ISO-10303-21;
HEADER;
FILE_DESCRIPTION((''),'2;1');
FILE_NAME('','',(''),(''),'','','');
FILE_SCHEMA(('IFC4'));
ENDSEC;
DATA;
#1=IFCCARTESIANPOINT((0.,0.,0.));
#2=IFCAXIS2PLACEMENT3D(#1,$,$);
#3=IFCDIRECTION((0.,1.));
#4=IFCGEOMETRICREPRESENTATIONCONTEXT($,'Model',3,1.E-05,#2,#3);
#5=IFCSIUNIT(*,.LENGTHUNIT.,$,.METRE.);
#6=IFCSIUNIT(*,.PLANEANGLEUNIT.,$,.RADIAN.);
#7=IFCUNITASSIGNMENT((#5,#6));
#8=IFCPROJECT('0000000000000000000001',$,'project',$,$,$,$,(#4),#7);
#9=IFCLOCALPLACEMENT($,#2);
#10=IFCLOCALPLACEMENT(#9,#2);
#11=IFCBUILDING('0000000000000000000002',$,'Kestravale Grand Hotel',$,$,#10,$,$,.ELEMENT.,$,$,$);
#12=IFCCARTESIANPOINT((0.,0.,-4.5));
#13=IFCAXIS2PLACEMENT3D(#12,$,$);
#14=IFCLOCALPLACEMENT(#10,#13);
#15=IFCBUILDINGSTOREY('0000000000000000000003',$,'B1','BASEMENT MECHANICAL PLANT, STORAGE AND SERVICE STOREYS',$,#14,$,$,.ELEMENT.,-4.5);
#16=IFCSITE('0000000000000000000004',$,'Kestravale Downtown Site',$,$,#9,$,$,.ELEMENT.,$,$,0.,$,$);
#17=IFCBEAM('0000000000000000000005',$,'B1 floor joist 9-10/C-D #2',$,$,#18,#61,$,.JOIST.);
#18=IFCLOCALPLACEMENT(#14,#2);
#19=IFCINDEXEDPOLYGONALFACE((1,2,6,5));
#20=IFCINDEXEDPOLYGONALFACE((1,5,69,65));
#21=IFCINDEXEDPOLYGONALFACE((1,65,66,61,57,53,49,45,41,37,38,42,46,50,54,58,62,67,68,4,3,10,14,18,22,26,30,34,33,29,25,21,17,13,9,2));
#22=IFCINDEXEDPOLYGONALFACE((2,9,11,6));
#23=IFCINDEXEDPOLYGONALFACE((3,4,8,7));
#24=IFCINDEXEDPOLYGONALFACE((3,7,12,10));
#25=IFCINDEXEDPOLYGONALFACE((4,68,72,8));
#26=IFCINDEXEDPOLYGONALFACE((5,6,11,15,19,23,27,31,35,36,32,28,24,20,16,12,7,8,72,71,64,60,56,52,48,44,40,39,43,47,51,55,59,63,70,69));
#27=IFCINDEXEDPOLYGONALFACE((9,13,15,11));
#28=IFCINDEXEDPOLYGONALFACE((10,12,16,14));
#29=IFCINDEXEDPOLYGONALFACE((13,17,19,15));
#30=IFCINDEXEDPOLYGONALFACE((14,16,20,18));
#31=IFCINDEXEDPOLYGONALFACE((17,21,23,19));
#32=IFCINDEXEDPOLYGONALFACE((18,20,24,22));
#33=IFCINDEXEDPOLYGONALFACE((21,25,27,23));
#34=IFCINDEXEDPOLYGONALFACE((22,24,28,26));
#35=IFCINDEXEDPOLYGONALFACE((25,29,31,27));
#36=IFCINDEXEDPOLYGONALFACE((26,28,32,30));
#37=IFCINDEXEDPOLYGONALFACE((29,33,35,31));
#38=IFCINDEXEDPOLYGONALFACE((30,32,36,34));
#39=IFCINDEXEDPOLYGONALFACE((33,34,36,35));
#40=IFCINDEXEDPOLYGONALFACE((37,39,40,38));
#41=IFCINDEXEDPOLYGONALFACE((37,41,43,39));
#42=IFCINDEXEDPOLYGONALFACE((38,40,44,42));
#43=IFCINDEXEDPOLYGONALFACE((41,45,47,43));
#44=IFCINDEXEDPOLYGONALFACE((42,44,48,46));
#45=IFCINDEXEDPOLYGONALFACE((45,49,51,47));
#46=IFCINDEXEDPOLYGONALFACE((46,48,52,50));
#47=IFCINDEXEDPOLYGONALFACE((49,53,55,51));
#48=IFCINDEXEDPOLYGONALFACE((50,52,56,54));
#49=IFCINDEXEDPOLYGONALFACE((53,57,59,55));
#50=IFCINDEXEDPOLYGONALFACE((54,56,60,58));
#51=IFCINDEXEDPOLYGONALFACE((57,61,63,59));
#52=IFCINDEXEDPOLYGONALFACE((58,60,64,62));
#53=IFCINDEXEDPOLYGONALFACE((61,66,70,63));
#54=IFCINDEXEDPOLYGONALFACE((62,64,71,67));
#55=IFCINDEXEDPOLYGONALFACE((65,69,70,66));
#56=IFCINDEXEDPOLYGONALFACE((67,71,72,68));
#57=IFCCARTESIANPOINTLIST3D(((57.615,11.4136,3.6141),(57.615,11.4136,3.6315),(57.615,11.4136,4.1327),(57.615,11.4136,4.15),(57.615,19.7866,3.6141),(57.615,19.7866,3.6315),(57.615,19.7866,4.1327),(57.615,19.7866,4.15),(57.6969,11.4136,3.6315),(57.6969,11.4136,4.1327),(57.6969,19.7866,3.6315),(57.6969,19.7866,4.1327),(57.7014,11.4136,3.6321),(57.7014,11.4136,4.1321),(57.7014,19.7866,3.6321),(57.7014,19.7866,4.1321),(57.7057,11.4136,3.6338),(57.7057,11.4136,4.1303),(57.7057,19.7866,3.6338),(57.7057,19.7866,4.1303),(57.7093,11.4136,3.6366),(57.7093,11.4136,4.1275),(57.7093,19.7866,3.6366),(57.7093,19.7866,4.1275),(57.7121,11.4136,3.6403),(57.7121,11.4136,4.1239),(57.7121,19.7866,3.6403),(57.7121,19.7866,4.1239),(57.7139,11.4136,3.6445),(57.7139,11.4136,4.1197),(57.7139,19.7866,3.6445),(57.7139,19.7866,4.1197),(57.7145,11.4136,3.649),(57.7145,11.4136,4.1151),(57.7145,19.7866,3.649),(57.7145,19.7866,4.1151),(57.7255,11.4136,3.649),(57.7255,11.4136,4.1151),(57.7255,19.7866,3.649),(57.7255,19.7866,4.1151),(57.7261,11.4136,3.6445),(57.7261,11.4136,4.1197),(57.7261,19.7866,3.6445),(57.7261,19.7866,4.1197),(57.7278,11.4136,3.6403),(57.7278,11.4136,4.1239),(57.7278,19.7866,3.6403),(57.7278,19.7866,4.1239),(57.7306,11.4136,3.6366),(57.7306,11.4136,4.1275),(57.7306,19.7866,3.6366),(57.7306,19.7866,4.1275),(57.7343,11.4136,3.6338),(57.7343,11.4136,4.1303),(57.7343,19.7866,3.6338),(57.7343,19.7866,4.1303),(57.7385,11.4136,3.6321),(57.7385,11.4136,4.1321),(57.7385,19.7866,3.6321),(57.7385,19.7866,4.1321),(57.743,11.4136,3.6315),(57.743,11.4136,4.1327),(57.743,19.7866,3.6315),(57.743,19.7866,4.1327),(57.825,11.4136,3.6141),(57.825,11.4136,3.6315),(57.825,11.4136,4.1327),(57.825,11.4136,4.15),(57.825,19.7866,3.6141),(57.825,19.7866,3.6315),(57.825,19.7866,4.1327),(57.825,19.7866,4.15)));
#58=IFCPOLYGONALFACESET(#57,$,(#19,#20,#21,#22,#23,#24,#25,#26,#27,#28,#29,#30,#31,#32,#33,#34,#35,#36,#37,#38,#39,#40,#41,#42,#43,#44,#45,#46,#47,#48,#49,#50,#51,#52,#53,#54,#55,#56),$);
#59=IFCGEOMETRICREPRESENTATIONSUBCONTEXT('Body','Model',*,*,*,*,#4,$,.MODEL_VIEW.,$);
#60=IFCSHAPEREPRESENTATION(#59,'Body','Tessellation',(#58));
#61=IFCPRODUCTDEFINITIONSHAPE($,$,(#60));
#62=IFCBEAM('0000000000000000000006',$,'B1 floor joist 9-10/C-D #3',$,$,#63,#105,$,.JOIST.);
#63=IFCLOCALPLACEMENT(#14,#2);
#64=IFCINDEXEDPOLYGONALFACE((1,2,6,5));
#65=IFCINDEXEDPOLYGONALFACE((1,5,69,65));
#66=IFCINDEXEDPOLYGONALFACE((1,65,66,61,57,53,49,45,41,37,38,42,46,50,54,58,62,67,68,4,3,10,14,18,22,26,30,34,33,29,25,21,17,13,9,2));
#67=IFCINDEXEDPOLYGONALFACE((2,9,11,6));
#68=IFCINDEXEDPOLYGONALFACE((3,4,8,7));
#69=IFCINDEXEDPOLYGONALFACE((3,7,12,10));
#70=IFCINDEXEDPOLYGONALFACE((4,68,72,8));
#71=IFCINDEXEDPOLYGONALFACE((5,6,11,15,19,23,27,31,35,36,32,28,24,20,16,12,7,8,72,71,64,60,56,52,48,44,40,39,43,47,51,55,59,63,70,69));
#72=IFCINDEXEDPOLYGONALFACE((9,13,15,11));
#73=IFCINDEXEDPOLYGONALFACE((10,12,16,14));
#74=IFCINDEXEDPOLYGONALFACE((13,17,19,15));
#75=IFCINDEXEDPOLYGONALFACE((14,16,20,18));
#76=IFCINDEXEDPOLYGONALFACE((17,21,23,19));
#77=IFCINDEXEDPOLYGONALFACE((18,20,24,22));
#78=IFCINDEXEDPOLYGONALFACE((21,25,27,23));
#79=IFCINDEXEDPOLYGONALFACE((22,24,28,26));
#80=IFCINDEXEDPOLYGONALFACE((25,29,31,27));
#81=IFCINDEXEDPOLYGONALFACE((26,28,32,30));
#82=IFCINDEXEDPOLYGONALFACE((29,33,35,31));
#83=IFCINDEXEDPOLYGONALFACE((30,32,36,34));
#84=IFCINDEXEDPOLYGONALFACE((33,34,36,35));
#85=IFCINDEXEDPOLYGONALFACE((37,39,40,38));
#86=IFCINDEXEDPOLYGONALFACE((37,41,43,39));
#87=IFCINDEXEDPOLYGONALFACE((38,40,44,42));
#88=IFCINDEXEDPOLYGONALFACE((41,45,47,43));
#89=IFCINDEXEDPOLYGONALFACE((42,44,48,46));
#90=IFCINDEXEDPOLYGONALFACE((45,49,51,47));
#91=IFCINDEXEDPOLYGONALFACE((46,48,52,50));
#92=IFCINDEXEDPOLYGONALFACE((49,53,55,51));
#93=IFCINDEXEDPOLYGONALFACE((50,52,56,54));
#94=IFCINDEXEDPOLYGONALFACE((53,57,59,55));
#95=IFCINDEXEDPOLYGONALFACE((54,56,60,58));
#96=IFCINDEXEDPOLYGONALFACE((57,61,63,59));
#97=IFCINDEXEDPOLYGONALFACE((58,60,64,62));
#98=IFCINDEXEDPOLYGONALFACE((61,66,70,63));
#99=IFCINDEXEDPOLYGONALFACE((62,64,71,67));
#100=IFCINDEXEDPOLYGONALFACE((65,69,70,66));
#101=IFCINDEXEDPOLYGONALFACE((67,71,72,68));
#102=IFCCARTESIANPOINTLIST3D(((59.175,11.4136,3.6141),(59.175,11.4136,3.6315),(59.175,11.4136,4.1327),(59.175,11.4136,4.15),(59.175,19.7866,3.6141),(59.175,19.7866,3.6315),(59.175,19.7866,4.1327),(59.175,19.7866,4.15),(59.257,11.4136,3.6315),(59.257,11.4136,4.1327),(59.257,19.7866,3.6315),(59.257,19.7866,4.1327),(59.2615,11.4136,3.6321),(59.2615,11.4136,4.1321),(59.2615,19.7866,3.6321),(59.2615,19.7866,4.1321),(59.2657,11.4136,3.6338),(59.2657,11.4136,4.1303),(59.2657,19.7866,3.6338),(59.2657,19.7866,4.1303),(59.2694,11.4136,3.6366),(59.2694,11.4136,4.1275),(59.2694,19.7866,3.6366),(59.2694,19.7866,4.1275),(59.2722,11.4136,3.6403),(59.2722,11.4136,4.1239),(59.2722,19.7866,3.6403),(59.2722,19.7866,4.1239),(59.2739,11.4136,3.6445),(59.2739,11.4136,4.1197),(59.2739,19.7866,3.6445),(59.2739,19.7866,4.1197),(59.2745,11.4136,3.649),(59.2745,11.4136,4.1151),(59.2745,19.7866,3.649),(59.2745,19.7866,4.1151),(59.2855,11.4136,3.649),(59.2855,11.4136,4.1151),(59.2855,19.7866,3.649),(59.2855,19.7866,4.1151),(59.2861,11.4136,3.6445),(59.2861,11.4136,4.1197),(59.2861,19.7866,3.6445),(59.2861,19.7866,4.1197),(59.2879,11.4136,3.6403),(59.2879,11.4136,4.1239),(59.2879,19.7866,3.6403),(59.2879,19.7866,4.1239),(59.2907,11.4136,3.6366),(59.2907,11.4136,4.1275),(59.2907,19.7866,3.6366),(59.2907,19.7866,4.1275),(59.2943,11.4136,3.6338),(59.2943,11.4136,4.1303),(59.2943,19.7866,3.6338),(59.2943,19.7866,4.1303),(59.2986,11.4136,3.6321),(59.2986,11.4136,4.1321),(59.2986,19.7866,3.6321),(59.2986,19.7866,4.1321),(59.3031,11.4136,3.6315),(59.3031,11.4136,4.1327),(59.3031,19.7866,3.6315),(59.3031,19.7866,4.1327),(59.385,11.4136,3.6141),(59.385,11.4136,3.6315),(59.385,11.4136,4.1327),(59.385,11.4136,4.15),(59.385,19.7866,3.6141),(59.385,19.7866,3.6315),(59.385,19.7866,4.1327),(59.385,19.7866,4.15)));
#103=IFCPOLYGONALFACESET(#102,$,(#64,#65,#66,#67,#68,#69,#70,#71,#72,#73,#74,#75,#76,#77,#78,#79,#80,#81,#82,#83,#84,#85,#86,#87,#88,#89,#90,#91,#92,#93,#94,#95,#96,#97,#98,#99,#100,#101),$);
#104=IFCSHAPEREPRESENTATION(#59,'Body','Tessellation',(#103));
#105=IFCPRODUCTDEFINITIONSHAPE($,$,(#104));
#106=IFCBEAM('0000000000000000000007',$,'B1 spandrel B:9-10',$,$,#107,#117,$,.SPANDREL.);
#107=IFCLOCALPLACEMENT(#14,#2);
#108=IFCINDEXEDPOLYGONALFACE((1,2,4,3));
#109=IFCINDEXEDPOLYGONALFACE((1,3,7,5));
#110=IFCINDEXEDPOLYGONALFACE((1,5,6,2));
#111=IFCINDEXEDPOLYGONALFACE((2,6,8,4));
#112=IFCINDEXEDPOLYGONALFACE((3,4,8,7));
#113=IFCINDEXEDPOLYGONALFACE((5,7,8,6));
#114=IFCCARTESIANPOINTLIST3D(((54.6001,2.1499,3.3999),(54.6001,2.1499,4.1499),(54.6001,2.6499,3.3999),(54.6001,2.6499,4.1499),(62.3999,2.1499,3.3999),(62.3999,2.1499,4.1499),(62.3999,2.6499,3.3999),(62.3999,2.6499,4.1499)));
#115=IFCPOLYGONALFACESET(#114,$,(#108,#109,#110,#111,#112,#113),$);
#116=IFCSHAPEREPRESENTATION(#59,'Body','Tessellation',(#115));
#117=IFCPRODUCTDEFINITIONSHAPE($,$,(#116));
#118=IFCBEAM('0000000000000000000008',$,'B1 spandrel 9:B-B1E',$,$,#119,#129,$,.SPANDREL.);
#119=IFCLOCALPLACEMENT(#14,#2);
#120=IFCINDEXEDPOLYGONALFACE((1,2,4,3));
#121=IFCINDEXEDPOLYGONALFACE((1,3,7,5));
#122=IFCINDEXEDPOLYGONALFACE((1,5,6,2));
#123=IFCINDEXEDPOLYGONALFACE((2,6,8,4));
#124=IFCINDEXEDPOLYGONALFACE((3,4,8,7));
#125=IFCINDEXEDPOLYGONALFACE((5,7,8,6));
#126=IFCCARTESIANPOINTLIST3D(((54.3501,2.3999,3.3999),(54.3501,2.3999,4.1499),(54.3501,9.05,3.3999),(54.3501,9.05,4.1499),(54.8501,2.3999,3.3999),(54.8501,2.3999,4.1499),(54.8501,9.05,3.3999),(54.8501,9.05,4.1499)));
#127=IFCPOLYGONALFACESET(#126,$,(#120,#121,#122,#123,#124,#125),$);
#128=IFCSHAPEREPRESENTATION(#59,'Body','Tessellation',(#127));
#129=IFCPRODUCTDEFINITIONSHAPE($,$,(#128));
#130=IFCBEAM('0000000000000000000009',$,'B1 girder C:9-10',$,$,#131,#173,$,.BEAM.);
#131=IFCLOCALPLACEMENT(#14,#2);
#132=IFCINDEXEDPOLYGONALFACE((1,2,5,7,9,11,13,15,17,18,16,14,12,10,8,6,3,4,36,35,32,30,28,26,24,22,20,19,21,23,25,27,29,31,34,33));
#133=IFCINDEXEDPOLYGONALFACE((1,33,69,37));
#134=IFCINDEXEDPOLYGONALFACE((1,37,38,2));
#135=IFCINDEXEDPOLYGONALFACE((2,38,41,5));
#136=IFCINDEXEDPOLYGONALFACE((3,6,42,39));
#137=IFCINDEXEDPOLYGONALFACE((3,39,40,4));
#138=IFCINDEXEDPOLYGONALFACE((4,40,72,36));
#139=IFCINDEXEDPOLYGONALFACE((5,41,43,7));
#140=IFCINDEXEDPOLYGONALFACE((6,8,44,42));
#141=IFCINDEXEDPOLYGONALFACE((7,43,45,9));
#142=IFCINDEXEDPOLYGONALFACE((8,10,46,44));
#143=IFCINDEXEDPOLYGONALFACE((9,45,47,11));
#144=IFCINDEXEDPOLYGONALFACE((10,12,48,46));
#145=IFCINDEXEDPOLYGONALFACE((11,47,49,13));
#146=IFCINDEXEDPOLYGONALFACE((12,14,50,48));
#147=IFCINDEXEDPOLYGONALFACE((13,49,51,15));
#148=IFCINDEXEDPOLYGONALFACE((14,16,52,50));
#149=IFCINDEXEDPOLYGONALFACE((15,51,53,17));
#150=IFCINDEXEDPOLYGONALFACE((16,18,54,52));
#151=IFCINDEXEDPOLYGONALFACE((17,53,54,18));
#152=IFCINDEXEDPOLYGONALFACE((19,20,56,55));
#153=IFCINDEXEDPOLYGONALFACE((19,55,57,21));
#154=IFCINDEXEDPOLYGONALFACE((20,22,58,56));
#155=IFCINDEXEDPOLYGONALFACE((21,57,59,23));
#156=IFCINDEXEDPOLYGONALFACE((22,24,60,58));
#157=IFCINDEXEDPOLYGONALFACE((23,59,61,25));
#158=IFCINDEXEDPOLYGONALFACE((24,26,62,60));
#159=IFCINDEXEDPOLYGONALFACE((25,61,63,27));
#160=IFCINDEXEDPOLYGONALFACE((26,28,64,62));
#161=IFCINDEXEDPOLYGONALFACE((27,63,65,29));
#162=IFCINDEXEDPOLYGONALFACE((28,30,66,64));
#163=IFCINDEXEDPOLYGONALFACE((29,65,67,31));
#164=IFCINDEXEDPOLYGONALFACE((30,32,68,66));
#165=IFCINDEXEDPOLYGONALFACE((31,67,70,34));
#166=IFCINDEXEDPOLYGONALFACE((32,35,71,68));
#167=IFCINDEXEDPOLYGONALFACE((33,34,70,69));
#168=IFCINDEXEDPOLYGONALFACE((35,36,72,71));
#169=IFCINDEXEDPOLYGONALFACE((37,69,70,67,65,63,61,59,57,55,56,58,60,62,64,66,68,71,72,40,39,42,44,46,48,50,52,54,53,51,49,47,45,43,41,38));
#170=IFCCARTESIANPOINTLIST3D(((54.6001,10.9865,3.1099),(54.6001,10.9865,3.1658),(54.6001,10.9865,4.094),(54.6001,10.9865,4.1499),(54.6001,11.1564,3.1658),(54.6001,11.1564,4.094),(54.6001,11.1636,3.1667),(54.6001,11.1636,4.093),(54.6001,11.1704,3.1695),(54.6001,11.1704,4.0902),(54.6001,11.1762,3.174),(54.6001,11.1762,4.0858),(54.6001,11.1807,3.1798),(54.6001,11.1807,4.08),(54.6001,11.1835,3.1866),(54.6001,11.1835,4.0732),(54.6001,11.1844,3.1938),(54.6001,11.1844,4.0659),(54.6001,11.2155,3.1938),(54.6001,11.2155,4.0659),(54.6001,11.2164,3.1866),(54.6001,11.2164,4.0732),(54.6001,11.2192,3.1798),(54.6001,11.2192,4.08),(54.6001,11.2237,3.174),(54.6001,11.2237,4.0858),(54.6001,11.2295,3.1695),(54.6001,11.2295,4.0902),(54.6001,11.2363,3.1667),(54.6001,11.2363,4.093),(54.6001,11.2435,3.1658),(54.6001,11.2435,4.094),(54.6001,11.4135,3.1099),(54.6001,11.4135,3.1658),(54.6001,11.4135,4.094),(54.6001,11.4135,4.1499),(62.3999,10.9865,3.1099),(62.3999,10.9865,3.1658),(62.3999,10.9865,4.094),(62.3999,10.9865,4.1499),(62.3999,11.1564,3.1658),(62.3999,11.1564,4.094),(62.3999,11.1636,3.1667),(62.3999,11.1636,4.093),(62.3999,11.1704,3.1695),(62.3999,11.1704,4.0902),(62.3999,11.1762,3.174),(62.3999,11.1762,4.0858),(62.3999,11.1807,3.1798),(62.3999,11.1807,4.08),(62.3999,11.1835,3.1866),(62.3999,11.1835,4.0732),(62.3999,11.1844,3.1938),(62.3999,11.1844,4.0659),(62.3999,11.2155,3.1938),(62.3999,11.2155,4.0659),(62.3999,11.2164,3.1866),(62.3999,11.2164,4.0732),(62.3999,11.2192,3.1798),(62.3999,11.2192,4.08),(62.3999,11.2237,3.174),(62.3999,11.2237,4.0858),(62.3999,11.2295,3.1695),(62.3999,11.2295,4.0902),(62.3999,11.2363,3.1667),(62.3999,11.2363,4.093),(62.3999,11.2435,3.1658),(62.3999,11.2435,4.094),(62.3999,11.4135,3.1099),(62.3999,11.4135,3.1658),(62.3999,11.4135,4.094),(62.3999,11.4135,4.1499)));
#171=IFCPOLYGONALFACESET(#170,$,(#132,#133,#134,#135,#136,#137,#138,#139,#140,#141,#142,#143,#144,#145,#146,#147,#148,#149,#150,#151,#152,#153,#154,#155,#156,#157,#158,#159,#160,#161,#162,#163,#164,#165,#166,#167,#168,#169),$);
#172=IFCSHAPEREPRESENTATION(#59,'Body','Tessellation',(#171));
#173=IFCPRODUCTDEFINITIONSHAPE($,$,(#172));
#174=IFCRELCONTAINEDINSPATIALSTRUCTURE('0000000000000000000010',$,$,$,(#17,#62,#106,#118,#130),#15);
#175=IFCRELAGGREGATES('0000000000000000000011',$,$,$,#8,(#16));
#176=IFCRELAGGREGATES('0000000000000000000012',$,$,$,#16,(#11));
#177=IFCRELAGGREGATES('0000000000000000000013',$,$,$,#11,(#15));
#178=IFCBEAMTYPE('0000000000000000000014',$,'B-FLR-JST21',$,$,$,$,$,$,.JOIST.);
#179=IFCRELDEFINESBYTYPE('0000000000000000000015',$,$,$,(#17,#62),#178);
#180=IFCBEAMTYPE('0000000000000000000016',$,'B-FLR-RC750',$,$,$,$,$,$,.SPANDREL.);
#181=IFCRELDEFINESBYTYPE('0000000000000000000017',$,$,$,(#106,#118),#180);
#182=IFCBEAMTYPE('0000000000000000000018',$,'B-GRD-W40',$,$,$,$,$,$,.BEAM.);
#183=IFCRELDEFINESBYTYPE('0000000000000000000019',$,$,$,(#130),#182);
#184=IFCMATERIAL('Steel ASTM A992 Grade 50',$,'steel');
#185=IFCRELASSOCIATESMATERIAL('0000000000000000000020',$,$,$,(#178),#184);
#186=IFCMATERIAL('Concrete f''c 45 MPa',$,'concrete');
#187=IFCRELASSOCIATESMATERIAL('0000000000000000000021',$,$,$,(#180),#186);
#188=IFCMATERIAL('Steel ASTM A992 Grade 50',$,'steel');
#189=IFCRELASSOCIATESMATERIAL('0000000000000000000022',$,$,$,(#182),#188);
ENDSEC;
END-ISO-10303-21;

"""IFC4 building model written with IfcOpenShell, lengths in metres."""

from ifc_helpers import new_model, si_unit, direction, frame, origin, origin_2d, place, context, subcontext, project, spatial, rectangle, i_section, extrude, material, material_profile, profile_set, type_object, element, save


model = new_model("IFC4")

# Units and contexts
model_context = context("Model", 3, precision=1e-05, world=origin(), true_north=direction((0.0, 1.0)))
body_context = subcontext(model_context, "Body", "Model", "MODEL_VIEW")
ifc_project = project(units=[si_unit("LENGTHUNIT", "METRE"), si_unit("PLANEANGLEUNIT", "RADIAN")], contexts=[model_context])

# Site, building, storey
site_placement = place(None, origin())
site = spatial("IfcSite", under=ifc_project, at=site_placement, Name="Kestravale Downtown Site", CompositionType="ELEMENT", RefElevation=0.0)
building_placement = place(site_placement, origin())
building = spatial("IfcBuilding", under=site, at=building_placement, Name="Kestravale Grand Hotel", CompositionType="ELEMENT")
storey_placement = place(building_placement, frame((0.0, 0.0, -4.5)))
storey = spatial("IfcBuildingStorey", under=building, at=storey_placement, Name="B1", Description="BASEMENT MECHANICAL PLANT, STORAGE AND SERVICE STOREYS", CompositionType="ELEMENT", Elevation=-4.5)

# Beams
ifc_material_1 = material(Name="Steel ASTM A992 Grade 50", Category="steel")
ifc_material_profile_1 = material_profile(ifc_material_1, i_section(OverallWidth=0.21, OverallDepth=0.5359, WebThickness=0.011, FlangeThickness=0.0173, FilletRadius=0.0176, at=origin_2d()))
ifc_profile_set_1 = profile_set([ifc_material_profile_1], Name="Steel ASTM A992 Grade 50")
beam_type_1 = type_object("IfcBeamType", Name="B-FLR-JST21", PredefinedType="JOIST", material=ifc_profile_set_1)
for number, where, z_axis, x_axis, name in (
    (1, (57.72, 11.4136, 3.8821), (0.0, 1.0, 0.0), (-1.0, 0.0, 0.0), "B1 floor joist 9-10/C-D #2"),
    (2, (59.28, 11.4136, 3.8821), (0.0, 1.0, 0.0), (-1.0, 0.0, 0.0), "B1 floor joist 9-10/C-D #3"),
):
    element("IfcBeam", number, at=place(storey_placement, frame(where, z_axis=z_axis, x_axis=x_axis)), inside=storey, type_object=beam_type_1, Name=name, PredefinedType="JOIST", context=body_context, shape_type="SweptSolid", body=[
        extrude(i_section(OverallWidth=0.21, OverallDepth=0.5359, WebThickness=0.011, FlangeThickness=0.0173, FilletRadius=0.0176, at=origin_2d()), origin(), (0.0, 0.0, 1.0), 8.373),
    ])
ifc_material_2 = material(Name="Concrete f'c 45 MPa", Category="concrete")
ifc_material_profile_2 = material_profile(ifc_material_2, rectangle(XDim=0.5, YDim=0.75, at=origin_2d()))
ifc_profile_set_2 = profile_set([ifc_material_profile_2], Name="Concrete f'c 45 MPa")
beam_type_2 = type_object("IfcBeamType", Name="B-FLR-RC750", PredefinedType="SPANDREL", material=ifc_profile_set_2)
beam_1_placement = place(storey_placement, frame((54.6001, 2.3999, 3.7749), z_axis=(1.0, 0.0, 0.0), x_axis=(0.0, 1.0, 0.0)))
element("IfcBeam", 3, at=beam_1_placement, inside=storey, type_object=beam_type_2, Name="B1 spandrel B:9-10", PredefinedType="SPANDREL", context=body_context, shape_type="SweptSolid", body=[
    extrude(rectangle(XDim=0.5, YDim=0.75, at=origin_2d()), origin(), (0.0, 0.0, 1.0), 7.7998),
])
beam_2_placement = place(storey_placement, frame((54.6001, 2.3999, 3.7749), z_axis=(0.0, 1.0, 0.0), x_axis=(-1.0, 0.0, 0.0)))
element("IfcBeam", 4, at=beam_2_placement, inside=storey, type_object=beam_type_2, Name="B1 spandrel 9:B-B1E", PredefinedType="SPANDREL", context=body_context, shape_type="SweptSolid", body=[
    extrude(rectangle(XDim=0.5, YDim=0.75, at=origin_2d()), origin(), (0.0, 0.0, 1.0), 6.6501),
])
ifc_material_3 = material(Name="Steel ASTM A992 Grade 50", Category="steel")
ifc_material_profile_3 = material_profile(ifc_material_3, i_section(OverallWidth=0.427, OverallDepth=1.04, WebThickness=0.031, FlangeThickness=0.0559, FilletRadius=0.0281, at=origin_2d()))
ifc_profile_set_3 = profile_set([ifc_material_profile_3], Name="Steel ASTM A992 Grade 50")
beam_type_3 = type_object("IfcBeamType", Name="B-GRD-W40", PredefinedType="BEAM", material=ifc_profile_set_3)
for number, where, z_axis, x_axis, name in (
    (5, (54.6001, 11.2, 3.6299), (1.0, 0.0, 0.0), (0.0, 1.0, 0.0), "B1 girder C:9-10"),
):
    element("IfcBeam", number, at=place(storey_placement, frame(where, z_axis=z_axis, x_axis=x_axis)), inside=storey, type_object=beam_type_3, Name=name, PredefinedType="BEAM", context=body_context, shape_type="SweptSolid", body=[
        extrude(i_section(OverallWidth=0.427, OverallDepth=1.04, WebThickness=0.031, FlangeThickness=0.0559, FilletRadius=0.0281, at=origin_2d()), origin(), (0.0, 0.0, 1.0), 7.7998),
    ])

save(model, "model.ifc")
